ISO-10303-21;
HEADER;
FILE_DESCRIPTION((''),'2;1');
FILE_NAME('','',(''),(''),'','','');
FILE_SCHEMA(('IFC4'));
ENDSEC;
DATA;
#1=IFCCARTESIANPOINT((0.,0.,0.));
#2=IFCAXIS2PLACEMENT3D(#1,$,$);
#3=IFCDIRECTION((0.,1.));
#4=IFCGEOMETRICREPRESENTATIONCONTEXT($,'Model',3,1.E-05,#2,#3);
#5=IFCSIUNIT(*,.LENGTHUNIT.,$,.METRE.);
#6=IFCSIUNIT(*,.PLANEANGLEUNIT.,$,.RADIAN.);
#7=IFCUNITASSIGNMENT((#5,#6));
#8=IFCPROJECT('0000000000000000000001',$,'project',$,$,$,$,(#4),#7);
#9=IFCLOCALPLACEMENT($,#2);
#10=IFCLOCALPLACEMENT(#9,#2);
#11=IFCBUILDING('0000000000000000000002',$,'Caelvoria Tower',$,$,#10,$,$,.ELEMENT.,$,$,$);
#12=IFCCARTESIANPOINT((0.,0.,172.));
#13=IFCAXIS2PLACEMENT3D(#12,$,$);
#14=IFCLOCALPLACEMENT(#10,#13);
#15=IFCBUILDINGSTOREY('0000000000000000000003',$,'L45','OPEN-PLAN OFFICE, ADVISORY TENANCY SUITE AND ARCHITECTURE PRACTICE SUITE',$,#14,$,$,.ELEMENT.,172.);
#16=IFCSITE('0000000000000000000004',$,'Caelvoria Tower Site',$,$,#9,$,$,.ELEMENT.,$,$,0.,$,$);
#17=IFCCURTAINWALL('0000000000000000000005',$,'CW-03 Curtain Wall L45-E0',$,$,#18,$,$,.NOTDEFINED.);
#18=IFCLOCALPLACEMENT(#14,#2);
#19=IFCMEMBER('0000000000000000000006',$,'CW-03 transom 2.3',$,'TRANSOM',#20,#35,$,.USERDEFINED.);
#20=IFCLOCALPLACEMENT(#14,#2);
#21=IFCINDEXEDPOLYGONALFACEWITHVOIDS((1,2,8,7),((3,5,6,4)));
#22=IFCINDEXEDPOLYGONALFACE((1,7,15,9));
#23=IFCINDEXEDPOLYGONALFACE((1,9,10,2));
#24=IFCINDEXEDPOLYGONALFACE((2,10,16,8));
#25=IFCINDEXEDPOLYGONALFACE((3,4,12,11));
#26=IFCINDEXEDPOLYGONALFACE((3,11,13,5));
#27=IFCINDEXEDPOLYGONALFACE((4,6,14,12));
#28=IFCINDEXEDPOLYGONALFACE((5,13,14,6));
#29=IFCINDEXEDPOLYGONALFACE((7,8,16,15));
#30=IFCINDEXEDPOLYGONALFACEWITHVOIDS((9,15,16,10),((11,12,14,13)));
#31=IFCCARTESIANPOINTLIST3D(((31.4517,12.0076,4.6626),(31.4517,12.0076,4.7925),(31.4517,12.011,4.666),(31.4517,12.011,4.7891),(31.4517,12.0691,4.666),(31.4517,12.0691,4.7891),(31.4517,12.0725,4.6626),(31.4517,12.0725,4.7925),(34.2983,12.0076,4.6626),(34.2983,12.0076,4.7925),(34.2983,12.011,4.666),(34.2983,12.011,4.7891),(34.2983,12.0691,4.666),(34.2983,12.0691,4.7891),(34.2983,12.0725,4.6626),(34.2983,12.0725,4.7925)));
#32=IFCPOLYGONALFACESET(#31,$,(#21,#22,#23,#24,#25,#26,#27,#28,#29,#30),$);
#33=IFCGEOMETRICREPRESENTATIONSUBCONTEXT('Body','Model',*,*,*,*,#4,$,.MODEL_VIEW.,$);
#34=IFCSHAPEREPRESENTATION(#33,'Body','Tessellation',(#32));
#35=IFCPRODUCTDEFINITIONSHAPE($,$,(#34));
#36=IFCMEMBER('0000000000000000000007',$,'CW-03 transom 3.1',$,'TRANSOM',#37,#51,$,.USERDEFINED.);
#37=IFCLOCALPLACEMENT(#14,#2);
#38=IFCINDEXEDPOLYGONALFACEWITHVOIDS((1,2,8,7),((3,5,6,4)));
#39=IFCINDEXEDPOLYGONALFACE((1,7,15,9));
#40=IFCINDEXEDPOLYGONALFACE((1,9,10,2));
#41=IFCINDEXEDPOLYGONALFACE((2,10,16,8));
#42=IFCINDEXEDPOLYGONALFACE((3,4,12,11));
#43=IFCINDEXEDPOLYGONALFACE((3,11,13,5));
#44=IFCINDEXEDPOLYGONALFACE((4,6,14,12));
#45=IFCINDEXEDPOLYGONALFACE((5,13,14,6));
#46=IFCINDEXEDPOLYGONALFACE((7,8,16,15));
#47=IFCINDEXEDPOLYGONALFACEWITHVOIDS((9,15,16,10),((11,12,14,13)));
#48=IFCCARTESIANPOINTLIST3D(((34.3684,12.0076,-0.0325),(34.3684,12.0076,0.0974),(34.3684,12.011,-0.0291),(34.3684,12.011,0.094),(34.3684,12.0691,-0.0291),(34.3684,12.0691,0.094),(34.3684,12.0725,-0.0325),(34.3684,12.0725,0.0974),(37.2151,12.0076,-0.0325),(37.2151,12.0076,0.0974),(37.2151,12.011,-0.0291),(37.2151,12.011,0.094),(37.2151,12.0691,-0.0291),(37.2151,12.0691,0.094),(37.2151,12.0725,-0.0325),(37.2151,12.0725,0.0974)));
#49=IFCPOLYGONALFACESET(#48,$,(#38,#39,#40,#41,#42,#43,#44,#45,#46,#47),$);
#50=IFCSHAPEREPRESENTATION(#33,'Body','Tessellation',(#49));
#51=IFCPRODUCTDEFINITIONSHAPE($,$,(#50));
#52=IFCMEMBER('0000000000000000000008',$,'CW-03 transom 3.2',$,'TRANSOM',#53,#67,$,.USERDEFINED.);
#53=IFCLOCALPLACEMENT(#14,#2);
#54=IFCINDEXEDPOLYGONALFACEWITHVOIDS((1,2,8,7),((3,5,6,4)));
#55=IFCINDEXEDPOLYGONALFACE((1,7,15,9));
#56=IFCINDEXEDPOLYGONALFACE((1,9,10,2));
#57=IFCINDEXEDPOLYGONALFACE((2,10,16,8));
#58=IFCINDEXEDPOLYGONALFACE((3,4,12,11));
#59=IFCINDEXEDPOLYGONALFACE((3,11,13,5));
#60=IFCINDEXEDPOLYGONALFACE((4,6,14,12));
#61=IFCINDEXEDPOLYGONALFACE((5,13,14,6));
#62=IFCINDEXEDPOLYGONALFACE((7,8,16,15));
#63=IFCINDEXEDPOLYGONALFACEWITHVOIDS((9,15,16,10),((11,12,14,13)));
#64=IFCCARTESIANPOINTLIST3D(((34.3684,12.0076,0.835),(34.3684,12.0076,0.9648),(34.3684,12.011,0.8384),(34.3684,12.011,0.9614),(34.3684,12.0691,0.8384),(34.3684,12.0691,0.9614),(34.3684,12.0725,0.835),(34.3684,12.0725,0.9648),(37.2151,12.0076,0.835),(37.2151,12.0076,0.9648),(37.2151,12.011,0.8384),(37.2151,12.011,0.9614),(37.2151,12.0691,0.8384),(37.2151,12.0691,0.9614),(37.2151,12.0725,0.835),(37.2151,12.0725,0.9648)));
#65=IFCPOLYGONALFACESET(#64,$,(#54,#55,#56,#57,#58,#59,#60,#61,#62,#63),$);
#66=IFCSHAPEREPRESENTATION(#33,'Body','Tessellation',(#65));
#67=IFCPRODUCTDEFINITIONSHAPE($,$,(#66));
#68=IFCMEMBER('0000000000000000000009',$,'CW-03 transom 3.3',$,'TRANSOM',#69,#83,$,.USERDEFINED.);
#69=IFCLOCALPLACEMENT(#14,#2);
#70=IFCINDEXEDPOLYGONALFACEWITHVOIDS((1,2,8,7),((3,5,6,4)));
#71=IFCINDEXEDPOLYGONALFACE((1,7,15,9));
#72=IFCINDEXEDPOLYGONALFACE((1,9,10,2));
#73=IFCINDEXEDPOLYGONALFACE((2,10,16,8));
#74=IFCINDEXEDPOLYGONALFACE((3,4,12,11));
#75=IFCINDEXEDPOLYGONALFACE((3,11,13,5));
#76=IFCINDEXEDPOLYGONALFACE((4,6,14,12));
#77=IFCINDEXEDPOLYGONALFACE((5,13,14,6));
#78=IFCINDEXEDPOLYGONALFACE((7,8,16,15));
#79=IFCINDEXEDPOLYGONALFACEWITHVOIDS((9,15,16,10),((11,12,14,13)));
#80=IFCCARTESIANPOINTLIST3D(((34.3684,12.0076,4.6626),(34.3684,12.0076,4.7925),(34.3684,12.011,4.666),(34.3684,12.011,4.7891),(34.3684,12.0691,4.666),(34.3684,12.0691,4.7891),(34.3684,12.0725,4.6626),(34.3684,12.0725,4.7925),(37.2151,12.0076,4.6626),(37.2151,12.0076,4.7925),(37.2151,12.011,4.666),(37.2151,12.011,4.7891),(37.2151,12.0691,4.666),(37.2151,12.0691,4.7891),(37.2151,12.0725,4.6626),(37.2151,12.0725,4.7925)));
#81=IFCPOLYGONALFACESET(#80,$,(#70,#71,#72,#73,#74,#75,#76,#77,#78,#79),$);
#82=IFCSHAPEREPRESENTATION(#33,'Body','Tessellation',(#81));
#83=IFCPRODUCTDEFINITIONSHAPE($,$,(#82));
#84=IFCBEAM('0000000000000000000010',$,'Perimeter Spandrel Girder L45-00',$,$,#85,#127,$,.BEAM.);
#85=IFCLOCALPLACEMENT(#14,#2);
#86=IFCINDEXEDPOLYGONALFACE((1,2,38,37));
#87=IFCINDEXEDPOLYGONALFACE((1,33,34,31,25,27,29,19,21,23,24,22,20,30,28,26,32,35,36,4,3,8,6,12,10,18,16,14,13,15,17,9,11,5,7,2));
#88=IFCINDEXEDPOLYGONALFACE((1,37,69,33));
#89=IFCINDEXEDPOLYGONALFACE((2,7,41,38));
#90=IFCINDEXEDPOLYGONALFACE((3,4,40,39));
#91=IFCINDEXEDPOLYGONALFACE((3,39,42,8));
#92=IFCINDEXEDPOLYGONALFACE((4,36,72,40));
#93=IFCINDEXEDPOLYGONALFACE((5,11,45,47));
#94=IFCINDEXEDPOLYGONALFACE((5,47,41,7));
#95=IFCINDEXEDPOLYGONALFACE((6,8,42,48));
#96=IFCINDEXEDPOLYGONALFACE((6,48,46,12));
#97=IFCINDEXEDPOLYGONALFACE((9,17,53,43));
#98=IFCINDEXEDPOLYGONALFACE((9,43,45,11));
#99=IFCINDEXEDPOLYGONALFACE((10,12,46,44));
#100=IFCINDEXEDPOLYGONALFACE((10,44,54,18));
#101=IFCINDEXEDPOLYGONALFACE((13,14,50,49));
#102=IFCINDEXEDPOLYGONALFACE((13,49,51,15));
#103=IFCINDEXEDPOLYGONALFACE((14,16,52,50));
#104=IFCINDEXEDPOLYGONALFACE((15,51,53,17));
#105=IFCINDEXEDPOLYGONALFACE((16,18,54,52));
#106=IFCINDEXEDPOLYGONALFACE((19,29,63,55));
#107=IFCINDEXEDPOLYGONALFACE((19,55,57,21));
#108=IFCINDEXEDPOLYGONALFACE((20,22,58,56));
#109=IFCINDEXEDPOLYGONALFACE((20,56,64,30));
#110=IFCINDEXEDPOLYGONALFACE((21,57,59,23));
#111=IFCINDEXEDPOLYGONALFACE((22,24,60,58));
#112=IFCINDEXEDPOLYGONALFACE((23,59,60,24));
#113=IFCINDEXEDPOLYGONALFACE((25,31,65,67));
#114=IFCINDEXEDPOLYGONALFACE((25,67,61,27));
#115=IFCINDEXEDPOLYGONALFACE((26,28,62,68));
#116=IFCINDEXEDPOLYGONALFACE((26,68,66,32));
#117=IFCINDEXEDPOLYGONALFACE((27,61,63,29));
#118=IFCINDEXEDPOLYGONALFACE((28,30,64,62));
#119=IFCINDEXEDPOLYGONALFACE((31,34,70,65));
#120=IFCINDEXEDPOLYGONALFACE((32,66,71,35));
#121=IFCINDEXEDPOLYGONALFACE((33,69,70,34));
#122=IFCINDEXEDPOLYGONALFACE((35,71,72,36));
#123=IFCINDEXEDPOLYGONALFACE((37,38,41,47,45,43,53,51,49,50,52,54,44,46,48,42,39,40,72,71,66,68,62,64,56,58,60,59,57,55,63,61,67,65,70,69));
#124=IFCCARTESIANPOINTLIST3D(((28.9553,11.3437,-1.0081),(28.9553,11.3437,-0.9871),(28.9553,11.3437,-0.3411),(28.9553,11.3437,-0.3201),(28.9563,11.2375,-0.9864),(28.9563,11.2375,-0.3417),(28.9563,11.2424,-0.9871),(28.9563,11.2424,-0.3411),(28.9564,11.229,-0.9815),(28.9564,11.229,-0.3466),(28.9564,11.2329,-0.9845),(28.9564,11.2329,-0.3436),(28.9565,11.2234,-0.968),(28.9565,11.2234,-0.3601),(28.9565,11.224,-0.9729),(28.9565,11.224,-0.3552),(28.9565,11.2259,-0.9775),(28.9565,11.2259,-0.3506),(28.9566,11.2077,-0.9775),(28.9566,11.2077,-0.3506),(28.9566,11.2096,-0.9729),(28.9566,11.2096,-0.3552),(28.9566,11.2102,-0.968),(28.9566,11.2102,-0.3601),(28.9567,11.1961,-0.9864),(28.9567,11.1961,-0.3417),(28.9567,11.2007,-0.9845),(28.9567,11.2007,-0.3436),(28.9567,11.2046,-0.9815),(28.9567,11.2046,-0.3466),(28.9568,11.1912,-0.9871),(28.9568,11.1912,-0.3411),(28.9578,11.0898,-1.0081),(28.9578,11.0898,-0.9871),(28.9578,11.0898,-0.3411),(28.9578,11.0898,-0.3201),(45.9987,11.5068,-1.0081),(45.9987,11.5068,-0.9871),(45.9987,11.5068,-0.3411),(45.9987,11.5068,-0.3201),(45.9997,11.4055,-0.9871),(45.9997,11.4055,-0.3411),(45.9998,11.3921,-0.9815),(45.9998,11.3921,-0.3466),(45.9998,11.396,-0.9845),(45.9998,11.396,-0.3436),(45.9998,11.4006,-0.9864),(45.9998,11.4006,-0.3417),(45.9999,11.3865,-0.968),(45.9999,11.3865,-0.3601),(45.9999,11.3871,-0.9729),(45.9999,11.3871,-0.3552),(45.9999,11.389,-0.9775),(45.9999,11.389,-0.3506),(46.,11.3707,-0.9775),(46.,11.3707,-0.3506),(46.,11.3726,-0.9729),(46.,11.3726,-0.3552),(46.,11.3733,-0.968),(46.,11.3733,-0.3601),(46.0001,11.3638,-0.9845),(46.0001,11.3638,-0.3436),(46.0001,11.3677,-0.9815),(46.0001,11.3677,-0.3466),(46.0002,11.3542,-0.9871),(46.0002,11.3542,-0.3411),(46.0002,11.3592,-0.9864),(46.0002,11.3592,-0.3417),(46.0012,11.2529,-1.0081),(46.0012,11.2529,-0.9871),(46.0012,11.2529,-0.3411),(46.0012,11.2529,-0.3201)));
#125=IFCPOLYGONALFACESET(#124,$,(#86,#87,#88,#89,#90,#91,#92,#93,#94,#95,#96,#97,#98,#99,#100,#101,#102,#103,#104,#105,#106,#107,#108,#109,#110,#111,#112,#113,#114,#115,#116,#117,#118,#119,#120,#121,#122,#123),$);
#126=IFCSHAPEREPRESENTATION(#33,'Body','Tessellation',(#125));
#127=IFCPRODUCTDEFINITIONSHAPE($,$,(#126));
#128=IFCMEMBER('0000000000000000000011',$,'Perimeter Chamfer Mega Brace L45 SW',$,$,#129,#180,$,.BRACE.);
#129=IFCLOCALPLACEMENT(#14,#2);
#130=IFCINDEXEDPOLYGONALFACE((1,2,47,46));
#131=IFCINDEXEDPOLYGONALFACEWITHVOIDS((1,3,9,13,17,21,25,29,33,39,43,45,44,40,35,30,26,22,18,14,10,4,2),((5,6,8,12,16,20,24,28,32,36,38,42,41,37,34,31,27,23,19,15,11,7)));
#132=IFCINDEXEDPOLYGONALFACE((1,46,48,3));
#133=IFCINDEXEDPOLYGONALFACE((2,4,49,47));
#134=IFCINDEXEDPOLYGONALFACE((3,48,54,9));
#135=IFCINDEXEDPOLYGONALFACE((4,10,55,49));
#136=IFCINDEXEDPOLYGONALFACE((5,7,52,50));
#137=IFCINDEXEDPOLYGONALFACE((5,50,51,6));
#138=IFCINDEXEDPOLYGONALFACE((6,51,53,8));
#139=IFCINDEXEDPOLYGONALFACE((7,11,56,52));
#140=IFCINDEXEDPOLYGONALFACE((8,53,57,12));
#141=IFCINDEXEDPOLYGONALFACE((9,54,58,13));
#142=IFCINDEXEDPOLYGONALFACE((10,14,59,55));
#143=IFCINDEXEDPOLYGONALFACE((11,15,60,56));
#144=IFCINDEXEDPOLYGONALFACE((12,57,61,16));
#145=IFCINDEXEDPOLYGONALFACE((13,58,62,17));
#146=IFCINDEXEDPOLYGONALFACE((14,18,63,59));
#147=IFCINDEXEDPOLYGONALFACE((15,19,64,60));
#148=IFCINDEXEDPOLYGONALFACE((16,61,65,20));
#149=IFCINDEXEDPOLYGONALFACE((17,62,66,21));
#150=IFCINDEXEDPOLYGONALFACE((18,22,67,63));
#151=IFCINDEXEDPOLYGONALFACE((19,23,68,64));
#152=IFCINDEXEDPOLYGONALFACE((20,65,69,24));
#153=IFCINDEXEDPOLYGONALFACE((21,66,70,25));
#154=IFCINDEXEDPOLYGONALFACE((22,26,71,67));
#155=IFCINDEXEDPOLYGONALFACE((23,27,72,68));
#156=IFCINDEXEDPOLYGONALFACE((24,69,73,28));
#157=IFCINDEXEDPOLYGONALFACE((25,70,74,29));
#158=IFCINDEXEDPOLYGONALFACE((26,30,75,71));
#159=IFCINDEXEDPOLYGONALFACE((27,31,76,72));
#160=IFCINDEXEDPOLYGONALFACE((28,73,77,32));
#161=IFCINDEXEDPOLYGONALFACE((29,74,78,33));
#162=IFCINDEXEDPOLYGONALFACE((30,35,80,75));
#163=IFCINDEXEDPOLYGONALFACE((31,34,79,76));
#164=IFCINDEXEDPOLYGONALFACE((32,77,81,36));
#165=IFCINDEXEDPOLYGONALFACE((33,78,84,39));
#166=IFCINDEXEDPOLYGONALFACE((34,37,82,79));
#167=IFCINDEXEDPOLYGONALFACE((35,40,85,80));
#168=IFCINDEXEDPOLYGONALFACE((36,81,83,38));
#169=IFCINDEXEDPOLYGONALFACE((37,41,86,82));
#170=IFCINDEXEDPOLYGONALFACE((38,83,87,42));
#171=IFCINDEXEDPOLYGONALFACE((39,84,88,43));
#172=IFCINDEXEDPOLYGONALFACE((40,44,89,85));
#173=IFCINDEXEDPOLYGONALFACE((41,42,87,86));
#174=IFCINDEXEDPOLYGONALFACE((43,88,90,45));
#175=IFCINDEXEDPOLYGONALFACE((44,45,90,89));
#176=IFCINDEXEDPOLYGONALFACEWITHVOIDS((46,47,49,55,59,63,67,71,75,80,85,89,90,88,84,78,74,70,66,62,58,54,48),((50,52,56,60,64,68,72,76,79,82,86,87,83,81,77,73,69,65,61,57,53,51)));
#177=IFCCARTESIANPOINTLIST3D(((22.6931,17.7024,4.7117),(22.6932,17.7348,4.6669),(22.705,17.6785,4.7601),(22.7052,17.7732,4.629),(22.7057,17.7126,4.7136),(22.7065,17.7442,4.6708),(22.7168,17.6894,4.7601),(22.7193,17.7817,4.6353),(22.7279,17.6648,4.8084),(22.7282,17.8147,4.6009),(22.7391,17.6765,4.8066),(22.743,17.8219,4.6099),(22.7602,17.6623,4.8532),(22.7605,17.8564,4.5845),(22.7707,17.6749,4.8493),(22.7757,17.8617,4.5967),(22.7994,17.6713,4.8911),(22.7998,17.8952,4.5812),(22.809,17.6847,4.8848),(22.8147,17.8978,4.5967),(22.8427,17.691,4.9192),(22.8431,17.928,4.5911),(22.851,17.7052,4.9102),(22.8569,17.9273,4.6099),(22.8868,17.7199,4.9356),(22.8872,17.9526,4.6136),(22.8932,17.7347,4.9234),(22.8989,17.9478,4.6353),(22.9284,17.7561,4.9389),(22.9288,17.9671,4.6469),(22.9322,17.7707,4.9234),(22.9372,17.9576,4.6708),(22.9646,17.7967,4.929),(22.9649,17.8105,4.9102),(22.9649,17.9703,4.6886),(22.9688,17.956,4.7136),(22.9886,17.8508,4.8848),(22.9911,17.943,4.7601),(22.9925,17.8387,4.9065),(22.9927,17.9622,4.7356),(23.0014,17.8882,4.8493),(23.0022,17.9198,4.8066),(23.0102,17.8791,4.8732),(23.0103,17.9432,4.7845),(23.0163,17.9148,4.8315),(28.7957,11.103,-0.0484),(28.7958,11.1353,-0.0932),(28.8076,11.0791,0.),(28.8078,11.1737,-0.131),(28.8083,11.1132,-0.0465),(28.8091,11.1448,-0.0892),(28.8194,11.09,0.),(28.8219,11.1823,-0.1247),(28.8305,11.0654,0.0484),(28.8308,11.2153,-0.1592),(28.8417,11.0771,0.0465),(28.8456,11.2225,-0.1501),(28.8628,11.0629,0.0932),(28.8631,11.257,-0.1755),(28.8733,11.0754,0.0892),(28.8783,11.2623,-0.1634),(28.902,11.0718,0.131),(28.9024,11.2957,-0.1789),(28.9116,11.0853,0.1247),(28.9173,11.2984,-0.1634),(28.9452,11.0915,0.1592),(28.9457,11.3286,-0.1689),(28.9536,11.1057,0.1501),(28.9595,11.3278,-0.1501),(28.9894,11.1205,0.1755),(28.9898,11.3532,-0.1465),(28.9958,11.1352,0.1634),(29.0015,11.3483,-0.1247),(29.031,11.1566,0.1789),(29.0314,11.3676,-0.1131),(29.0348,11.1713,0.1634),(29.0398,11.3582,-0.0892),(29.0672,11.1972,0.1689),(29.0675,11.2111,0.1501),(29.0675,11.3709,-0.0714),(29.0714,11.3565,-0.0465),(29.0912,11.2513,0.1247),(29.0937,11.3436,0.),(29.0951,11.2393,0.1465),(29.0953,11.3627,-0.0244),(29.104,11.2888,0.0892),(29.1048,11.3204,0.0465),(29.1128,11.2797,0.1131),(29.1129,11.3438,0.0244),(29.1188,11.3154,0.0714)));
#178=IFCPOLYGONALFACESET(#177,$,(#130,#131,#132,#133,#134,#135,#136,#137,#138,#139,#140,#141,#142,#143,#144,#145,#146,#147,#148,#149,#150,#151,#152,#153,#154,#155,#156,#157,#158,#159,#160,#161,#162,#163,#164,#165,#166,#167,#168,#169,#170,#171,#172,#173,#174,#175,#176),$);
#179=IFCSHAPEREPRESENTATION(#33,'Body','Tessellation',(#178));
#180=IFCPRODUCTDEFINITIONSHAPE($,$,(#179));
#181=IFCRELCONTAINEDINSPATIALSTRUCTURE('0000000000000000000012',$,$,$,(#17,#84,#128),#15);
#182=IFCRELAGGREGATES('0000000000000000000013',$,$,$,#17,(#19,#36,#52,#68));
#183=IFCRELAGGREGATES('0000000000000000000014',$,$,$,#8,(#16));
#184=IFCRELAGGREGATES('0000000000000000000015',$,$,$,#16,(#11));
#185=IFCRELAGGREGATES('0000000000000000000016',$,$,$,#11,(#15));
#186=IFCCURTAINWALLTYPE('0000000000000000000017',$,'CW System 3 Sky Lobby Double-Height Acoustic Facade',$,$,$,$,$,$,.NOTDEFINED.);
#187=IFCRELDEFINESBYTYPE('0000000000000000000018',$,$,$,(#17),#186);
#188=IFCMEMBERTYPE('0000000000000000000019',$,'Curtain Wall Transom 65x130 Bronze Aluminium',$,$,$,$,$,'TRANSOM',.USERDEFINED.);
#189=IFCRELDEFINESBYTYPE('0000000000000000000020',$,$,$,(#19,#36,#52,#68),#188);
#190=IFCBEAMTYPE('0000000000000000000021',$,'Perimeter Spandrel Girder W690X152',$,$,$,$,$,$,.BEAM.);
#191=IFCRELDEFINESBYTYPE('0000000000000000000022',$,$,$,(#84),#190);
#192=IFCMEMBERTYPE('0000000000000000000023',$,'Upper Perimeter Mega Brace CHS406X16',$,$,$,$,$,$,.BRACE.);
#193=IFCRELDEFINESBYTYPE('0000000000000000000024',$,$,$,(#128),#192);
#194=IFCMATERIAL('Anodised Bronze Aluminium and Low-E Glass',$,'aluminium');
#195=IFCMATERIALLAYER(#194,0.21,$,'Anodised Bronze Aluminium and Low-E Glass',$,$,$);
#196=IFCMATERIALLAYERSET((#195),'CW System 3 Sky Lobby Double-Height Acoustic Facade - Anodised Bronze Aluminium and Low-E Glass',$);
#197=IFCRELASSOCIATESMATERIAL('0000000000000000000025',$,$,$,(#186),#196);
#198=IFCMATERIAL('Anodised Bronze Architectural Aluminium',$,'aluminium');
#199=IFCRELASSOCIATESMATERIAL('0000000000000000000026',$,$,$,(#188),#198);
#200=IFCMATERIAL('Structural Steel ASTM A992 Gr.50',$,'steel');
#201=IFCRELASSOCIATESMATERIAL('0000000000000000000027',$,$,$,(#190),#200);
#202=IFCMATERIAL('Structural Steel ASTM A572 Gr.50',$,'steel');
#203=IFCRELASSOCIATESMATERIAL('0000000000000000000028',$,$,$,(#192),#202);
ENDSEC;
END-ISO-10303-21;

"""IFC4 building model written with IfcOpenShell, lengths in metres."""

from ifc_helpers import new_model, si_unit, direction, frame, origin, origin_2d, place, context, subcontext, project, spatial, hollow_rectangle, hollow_circle, i_section, extrude, material, layer, layer_set, material_profile, profile_set, type_object, element, aggregate, save


model = new_model("IFC4")

# Units and contexts
model_context = context("Model", 3, precision=1e-05, world=origin(), true_north=direction((0.0, 1.0)))
body_context = subcontext(model_context, "Body", "Model", "MODEL_VIEW")
ifc_project = project(units=[si_unit("LENGTHUNIT", "METRE"), si_unit("PLANEANGLEUNIT", "RADIAN")], contexts=[model_context])

# Site, building, storey
site_placement = place(None, origin())
site = spatial("IfcSite", under=ifc_project, at=site_placement, Name="Caelvoria Tower Site", CompositionType="ELEMENT", RefElevation=0.0)
building_placement = place(site_placement, origin())
building = spatial("IfcBuilding", under=site, at=building_placement, Name="Caelvoria Tower", CompositionType="ELEMENT")
storey_placement = place(building_placement, frame((0.0, 0.0, 172.0)))
storey = spatial("IfcBuildingStorey", under=building, at=storey_placement, Name="L45", Description="OPEN-PLAN OFFICE, ADVISORY TENANCY SUITE AND ARCHITECTURE PRACTICE SUITE", CompositionType="ELEMENT", Elevation=172.0)

# Shared definitions
ifc_material_1 = material(Name="Structural Steel ASTM A572 Gr.50", Category="steel")

# Curtain wall
ifc_material_2 = material(Name="Anodised Bronze Aluminium and Low-E Glass", Category="aluminium")
ifc_layer_1 = layer(ifc_material_2, 0.21, Name="Anodised Bronze Aluminium and Low-E Glass")
ifc_layer_set_1 = layer_set([ifc_layer_1], Name="CW System 3 Sky Lobby Double-Height Acoustic Facade - Anodised Bronze Aluminium and Low-E Glass")
curtain_wall_type = type_object("IfcCurtainWallType", Name="CW System 3 Sky Lobby Double-Height Acoustic Facade", PredefinedType="NOTDEFINED", material=ifc_layer_set_1)
curtain_wall_1_placement = place(storey_placement, origin())
curtain_wall_1 = element("IfcCurtainWall", 1, at=curtain_wall_1_placement, inside=storey, type_object=curtain_wall_type, Name="CW-03 Curtain Wall L45-E0", PredefinedType="NOTDEFINED")
ifc_material_3 = material(Name="Anodised Bronze Architectural Aluminium", Category="aluminium")

# Members
ifc_material_profile_1 = material_profile(ifc_material_3, hollow_rectangle(XDim=0.0649, YDim=0.1299, WallThickness=0.0034, at=origin_2d()), Name="Anodised Bronze Architectural Aluminium")
ifc_profile_set_1 = profile_set([ifc_material_profile_1], Name="CW_TRAN_65X130 - Anodised Bronze Architectural Aluminium")
member_type_1 = type_object("IfcMemberType", Name="Curtain Wall Transom 65x130 Bronze Aluminium", ElementType="TRANSOM", PredefinedType="USERDEFINED", material=ifc_profile_set_1)
member_1_placement = place(storey_placement, frame((31.4517, 12.04, 4.7275), z_axis=(1.0, 0.0, 0.0), x_axis=(0.0, 1.0, 0.0)))
member_1 = element("IfcMember", 2, at=member_1_placement, type_object=member_type_1, Name="CW-03 transom 2.3", ObjectType="TRANSOM", PredefinedType="USERDEFINED", context=body_context, shape_type="SweptSolid", body=[
    extrude(hollow_rectangle(XDim=0.0649, YDim=0.1299, WallThickness=0.0034, at=origin_2d()), origin(), (0.0, 0.0, 1.0), 2.8467),
])
member_2_placement = place(storey_placement, frame((34.3684, 12.04, 0.0325), z_axis=(1.0, 0.0, 0.0), x_axis=(0.0, 1.0, 0.0)))
member_2 = element("IfcMember", 3, at=member_2_placement, type_object=member_type_1, Name="CW-03 transom 3.1", ObjectType="TRANSOM", PredefinedType="USERDEFINED", context=body_context, shape_type="SweptSolid", body=[
    extrude(hollow_rectangle(XDim=0.0649, YDim=0.1299, WallThickness=0.0034, at=origin_2d()), origin(), (0.0, 0.0, 1.0), 2.8467),
])
member_3_placement = place(storey_placement, frame((34.3684, 12.04, 0.8999), z_axis=(1.0, 0.0, 0.0), x_axis=(0.0, 1.0, 0.0)))
member_3 = element("IfcMember", 4, at=member_3_placement, type_object=member_type_1, Name="CW-03 transom 3.2", ObjectType="TRANSOM", PredefinedType="USERDEFINED", context=body_context, shape_type="SweptSolid", body=[
    extrude(hollow_rectangle(XDim=0.0649, YDim=0.1299, WallThickness=0.0034, at=origin_2d()), origin(), (0.0, 0.0, 1.0), 2.8467),
])
member_4_placement = place(storey_placement, frame((34.3684, 12.04, 4.7275), z_axis=(1.0, 0.0, 0.0), x_axis=(0.0, 1.0, 0.0)))
member_4 = element("IfcMember", 5, at=member_4_placement, type_object=member_type_1, Name="CW-03 transom 3.3", ObjectType="TRANSOM", PredefinedType="USERDEFINED", context=body_context, shape_type="SweptSolid", body=[
    extrude(hollow_rectangle(XDim=0.0649, YDim=0.1299, WallThickness=0.0034, at=origin_2d()), origin(), (0.0, 0.0, 1.0), 2.8467),
])

# Beam
ifc_material_4 = material(Name="Structural Steel ASTM A992 Gr.50", Category="steel")
ifc_material_profile_2 = material_profile(ifc_material_4, i_section(OverallWidth=0.2539, OverallDepth=0.688, WebThickness=0.0132, FlangeThickness=0.021, FilletRadius=0.019, at=origin_2d()), Name="Structural Steel ASTM A992 Gr.50")
ifc_profile_set_2 = profile_set([ifc_material_profile_2], Name="W690X152 - Structural Steel ASTM A992 Gr.50")
beam_type = type_object("IfcBeamType", Name="Perimeter Spandrel Girder W690X152", PredefinedType="BEAM", material=ifc_profile_set_2)
beam_placement = place(storey_placement, frame((28.9565, 11.2168, -0.6641), z_axis=(0.999954, 0.009568, 0.0), x_axis=(-0.009568, 0.999954, 0.0)))
element("IfcBeam", 6, at=beam_placement, inside=storey, type_object=beam_type, Name="Perimeter Spandrel Girder L45-00", PredefinedType="BEAM", context=body_context, shape_type="SweptSolid", body=[
    extrude(i_section(OverallWidth=0.2539, OverallDepth=0.688, WebThickness=0.0132, FlangeThickness=0.021, FilletRadius=0.019, at=origin_2d()), origin(), (0.0, 0.0, 1.0), 17.0442),
])

# Member
ifc_material_profile_3 = material_profile(ifc_material_1, hollow_circle(Radius=0.2029, WallThickness=0.0161, at=origin_2d()), Name="Structural Steel ASTM A572 Gr.50")
ifc_profile_set_3 = profile_set([ifc_material_profile_3], Name="CHS406X16 - Structural Steel ASTM A572 Gr.50")
member_type_2 = type_object("IfcMemberType", Name="Upper Perimeter Mega Brace CHS406X16", PredefinedType="BRACE", material=ifc_profile_set_3)
member_5_placement = place(storey_placement, frame((28.9565, 11.2168, 0.0), z_axis=(-0.599991, 0.648838, 0.467996), x_axis=(-0.734203, -0.67893, 0.0)))
element("IfcMember", 7, at=member_5_placement, inside=storey, type_object=member_type_2, Name="Perimeter Chamfer Mega Brace L45 SW", PredefinedType="BRACE", context=body_context, shape_type="SweptSolid", body=[
    extrude(hollow_circle(Radius=0.2029, WallThickness=0.0161, at=origin_2d()), origin(), (0.0, 0.0, 1.0), 10.1711),
])

aggregate(curtain_wall_1, [member_1, member_2, member_3, member_4])

save(model, "model.ifc")
